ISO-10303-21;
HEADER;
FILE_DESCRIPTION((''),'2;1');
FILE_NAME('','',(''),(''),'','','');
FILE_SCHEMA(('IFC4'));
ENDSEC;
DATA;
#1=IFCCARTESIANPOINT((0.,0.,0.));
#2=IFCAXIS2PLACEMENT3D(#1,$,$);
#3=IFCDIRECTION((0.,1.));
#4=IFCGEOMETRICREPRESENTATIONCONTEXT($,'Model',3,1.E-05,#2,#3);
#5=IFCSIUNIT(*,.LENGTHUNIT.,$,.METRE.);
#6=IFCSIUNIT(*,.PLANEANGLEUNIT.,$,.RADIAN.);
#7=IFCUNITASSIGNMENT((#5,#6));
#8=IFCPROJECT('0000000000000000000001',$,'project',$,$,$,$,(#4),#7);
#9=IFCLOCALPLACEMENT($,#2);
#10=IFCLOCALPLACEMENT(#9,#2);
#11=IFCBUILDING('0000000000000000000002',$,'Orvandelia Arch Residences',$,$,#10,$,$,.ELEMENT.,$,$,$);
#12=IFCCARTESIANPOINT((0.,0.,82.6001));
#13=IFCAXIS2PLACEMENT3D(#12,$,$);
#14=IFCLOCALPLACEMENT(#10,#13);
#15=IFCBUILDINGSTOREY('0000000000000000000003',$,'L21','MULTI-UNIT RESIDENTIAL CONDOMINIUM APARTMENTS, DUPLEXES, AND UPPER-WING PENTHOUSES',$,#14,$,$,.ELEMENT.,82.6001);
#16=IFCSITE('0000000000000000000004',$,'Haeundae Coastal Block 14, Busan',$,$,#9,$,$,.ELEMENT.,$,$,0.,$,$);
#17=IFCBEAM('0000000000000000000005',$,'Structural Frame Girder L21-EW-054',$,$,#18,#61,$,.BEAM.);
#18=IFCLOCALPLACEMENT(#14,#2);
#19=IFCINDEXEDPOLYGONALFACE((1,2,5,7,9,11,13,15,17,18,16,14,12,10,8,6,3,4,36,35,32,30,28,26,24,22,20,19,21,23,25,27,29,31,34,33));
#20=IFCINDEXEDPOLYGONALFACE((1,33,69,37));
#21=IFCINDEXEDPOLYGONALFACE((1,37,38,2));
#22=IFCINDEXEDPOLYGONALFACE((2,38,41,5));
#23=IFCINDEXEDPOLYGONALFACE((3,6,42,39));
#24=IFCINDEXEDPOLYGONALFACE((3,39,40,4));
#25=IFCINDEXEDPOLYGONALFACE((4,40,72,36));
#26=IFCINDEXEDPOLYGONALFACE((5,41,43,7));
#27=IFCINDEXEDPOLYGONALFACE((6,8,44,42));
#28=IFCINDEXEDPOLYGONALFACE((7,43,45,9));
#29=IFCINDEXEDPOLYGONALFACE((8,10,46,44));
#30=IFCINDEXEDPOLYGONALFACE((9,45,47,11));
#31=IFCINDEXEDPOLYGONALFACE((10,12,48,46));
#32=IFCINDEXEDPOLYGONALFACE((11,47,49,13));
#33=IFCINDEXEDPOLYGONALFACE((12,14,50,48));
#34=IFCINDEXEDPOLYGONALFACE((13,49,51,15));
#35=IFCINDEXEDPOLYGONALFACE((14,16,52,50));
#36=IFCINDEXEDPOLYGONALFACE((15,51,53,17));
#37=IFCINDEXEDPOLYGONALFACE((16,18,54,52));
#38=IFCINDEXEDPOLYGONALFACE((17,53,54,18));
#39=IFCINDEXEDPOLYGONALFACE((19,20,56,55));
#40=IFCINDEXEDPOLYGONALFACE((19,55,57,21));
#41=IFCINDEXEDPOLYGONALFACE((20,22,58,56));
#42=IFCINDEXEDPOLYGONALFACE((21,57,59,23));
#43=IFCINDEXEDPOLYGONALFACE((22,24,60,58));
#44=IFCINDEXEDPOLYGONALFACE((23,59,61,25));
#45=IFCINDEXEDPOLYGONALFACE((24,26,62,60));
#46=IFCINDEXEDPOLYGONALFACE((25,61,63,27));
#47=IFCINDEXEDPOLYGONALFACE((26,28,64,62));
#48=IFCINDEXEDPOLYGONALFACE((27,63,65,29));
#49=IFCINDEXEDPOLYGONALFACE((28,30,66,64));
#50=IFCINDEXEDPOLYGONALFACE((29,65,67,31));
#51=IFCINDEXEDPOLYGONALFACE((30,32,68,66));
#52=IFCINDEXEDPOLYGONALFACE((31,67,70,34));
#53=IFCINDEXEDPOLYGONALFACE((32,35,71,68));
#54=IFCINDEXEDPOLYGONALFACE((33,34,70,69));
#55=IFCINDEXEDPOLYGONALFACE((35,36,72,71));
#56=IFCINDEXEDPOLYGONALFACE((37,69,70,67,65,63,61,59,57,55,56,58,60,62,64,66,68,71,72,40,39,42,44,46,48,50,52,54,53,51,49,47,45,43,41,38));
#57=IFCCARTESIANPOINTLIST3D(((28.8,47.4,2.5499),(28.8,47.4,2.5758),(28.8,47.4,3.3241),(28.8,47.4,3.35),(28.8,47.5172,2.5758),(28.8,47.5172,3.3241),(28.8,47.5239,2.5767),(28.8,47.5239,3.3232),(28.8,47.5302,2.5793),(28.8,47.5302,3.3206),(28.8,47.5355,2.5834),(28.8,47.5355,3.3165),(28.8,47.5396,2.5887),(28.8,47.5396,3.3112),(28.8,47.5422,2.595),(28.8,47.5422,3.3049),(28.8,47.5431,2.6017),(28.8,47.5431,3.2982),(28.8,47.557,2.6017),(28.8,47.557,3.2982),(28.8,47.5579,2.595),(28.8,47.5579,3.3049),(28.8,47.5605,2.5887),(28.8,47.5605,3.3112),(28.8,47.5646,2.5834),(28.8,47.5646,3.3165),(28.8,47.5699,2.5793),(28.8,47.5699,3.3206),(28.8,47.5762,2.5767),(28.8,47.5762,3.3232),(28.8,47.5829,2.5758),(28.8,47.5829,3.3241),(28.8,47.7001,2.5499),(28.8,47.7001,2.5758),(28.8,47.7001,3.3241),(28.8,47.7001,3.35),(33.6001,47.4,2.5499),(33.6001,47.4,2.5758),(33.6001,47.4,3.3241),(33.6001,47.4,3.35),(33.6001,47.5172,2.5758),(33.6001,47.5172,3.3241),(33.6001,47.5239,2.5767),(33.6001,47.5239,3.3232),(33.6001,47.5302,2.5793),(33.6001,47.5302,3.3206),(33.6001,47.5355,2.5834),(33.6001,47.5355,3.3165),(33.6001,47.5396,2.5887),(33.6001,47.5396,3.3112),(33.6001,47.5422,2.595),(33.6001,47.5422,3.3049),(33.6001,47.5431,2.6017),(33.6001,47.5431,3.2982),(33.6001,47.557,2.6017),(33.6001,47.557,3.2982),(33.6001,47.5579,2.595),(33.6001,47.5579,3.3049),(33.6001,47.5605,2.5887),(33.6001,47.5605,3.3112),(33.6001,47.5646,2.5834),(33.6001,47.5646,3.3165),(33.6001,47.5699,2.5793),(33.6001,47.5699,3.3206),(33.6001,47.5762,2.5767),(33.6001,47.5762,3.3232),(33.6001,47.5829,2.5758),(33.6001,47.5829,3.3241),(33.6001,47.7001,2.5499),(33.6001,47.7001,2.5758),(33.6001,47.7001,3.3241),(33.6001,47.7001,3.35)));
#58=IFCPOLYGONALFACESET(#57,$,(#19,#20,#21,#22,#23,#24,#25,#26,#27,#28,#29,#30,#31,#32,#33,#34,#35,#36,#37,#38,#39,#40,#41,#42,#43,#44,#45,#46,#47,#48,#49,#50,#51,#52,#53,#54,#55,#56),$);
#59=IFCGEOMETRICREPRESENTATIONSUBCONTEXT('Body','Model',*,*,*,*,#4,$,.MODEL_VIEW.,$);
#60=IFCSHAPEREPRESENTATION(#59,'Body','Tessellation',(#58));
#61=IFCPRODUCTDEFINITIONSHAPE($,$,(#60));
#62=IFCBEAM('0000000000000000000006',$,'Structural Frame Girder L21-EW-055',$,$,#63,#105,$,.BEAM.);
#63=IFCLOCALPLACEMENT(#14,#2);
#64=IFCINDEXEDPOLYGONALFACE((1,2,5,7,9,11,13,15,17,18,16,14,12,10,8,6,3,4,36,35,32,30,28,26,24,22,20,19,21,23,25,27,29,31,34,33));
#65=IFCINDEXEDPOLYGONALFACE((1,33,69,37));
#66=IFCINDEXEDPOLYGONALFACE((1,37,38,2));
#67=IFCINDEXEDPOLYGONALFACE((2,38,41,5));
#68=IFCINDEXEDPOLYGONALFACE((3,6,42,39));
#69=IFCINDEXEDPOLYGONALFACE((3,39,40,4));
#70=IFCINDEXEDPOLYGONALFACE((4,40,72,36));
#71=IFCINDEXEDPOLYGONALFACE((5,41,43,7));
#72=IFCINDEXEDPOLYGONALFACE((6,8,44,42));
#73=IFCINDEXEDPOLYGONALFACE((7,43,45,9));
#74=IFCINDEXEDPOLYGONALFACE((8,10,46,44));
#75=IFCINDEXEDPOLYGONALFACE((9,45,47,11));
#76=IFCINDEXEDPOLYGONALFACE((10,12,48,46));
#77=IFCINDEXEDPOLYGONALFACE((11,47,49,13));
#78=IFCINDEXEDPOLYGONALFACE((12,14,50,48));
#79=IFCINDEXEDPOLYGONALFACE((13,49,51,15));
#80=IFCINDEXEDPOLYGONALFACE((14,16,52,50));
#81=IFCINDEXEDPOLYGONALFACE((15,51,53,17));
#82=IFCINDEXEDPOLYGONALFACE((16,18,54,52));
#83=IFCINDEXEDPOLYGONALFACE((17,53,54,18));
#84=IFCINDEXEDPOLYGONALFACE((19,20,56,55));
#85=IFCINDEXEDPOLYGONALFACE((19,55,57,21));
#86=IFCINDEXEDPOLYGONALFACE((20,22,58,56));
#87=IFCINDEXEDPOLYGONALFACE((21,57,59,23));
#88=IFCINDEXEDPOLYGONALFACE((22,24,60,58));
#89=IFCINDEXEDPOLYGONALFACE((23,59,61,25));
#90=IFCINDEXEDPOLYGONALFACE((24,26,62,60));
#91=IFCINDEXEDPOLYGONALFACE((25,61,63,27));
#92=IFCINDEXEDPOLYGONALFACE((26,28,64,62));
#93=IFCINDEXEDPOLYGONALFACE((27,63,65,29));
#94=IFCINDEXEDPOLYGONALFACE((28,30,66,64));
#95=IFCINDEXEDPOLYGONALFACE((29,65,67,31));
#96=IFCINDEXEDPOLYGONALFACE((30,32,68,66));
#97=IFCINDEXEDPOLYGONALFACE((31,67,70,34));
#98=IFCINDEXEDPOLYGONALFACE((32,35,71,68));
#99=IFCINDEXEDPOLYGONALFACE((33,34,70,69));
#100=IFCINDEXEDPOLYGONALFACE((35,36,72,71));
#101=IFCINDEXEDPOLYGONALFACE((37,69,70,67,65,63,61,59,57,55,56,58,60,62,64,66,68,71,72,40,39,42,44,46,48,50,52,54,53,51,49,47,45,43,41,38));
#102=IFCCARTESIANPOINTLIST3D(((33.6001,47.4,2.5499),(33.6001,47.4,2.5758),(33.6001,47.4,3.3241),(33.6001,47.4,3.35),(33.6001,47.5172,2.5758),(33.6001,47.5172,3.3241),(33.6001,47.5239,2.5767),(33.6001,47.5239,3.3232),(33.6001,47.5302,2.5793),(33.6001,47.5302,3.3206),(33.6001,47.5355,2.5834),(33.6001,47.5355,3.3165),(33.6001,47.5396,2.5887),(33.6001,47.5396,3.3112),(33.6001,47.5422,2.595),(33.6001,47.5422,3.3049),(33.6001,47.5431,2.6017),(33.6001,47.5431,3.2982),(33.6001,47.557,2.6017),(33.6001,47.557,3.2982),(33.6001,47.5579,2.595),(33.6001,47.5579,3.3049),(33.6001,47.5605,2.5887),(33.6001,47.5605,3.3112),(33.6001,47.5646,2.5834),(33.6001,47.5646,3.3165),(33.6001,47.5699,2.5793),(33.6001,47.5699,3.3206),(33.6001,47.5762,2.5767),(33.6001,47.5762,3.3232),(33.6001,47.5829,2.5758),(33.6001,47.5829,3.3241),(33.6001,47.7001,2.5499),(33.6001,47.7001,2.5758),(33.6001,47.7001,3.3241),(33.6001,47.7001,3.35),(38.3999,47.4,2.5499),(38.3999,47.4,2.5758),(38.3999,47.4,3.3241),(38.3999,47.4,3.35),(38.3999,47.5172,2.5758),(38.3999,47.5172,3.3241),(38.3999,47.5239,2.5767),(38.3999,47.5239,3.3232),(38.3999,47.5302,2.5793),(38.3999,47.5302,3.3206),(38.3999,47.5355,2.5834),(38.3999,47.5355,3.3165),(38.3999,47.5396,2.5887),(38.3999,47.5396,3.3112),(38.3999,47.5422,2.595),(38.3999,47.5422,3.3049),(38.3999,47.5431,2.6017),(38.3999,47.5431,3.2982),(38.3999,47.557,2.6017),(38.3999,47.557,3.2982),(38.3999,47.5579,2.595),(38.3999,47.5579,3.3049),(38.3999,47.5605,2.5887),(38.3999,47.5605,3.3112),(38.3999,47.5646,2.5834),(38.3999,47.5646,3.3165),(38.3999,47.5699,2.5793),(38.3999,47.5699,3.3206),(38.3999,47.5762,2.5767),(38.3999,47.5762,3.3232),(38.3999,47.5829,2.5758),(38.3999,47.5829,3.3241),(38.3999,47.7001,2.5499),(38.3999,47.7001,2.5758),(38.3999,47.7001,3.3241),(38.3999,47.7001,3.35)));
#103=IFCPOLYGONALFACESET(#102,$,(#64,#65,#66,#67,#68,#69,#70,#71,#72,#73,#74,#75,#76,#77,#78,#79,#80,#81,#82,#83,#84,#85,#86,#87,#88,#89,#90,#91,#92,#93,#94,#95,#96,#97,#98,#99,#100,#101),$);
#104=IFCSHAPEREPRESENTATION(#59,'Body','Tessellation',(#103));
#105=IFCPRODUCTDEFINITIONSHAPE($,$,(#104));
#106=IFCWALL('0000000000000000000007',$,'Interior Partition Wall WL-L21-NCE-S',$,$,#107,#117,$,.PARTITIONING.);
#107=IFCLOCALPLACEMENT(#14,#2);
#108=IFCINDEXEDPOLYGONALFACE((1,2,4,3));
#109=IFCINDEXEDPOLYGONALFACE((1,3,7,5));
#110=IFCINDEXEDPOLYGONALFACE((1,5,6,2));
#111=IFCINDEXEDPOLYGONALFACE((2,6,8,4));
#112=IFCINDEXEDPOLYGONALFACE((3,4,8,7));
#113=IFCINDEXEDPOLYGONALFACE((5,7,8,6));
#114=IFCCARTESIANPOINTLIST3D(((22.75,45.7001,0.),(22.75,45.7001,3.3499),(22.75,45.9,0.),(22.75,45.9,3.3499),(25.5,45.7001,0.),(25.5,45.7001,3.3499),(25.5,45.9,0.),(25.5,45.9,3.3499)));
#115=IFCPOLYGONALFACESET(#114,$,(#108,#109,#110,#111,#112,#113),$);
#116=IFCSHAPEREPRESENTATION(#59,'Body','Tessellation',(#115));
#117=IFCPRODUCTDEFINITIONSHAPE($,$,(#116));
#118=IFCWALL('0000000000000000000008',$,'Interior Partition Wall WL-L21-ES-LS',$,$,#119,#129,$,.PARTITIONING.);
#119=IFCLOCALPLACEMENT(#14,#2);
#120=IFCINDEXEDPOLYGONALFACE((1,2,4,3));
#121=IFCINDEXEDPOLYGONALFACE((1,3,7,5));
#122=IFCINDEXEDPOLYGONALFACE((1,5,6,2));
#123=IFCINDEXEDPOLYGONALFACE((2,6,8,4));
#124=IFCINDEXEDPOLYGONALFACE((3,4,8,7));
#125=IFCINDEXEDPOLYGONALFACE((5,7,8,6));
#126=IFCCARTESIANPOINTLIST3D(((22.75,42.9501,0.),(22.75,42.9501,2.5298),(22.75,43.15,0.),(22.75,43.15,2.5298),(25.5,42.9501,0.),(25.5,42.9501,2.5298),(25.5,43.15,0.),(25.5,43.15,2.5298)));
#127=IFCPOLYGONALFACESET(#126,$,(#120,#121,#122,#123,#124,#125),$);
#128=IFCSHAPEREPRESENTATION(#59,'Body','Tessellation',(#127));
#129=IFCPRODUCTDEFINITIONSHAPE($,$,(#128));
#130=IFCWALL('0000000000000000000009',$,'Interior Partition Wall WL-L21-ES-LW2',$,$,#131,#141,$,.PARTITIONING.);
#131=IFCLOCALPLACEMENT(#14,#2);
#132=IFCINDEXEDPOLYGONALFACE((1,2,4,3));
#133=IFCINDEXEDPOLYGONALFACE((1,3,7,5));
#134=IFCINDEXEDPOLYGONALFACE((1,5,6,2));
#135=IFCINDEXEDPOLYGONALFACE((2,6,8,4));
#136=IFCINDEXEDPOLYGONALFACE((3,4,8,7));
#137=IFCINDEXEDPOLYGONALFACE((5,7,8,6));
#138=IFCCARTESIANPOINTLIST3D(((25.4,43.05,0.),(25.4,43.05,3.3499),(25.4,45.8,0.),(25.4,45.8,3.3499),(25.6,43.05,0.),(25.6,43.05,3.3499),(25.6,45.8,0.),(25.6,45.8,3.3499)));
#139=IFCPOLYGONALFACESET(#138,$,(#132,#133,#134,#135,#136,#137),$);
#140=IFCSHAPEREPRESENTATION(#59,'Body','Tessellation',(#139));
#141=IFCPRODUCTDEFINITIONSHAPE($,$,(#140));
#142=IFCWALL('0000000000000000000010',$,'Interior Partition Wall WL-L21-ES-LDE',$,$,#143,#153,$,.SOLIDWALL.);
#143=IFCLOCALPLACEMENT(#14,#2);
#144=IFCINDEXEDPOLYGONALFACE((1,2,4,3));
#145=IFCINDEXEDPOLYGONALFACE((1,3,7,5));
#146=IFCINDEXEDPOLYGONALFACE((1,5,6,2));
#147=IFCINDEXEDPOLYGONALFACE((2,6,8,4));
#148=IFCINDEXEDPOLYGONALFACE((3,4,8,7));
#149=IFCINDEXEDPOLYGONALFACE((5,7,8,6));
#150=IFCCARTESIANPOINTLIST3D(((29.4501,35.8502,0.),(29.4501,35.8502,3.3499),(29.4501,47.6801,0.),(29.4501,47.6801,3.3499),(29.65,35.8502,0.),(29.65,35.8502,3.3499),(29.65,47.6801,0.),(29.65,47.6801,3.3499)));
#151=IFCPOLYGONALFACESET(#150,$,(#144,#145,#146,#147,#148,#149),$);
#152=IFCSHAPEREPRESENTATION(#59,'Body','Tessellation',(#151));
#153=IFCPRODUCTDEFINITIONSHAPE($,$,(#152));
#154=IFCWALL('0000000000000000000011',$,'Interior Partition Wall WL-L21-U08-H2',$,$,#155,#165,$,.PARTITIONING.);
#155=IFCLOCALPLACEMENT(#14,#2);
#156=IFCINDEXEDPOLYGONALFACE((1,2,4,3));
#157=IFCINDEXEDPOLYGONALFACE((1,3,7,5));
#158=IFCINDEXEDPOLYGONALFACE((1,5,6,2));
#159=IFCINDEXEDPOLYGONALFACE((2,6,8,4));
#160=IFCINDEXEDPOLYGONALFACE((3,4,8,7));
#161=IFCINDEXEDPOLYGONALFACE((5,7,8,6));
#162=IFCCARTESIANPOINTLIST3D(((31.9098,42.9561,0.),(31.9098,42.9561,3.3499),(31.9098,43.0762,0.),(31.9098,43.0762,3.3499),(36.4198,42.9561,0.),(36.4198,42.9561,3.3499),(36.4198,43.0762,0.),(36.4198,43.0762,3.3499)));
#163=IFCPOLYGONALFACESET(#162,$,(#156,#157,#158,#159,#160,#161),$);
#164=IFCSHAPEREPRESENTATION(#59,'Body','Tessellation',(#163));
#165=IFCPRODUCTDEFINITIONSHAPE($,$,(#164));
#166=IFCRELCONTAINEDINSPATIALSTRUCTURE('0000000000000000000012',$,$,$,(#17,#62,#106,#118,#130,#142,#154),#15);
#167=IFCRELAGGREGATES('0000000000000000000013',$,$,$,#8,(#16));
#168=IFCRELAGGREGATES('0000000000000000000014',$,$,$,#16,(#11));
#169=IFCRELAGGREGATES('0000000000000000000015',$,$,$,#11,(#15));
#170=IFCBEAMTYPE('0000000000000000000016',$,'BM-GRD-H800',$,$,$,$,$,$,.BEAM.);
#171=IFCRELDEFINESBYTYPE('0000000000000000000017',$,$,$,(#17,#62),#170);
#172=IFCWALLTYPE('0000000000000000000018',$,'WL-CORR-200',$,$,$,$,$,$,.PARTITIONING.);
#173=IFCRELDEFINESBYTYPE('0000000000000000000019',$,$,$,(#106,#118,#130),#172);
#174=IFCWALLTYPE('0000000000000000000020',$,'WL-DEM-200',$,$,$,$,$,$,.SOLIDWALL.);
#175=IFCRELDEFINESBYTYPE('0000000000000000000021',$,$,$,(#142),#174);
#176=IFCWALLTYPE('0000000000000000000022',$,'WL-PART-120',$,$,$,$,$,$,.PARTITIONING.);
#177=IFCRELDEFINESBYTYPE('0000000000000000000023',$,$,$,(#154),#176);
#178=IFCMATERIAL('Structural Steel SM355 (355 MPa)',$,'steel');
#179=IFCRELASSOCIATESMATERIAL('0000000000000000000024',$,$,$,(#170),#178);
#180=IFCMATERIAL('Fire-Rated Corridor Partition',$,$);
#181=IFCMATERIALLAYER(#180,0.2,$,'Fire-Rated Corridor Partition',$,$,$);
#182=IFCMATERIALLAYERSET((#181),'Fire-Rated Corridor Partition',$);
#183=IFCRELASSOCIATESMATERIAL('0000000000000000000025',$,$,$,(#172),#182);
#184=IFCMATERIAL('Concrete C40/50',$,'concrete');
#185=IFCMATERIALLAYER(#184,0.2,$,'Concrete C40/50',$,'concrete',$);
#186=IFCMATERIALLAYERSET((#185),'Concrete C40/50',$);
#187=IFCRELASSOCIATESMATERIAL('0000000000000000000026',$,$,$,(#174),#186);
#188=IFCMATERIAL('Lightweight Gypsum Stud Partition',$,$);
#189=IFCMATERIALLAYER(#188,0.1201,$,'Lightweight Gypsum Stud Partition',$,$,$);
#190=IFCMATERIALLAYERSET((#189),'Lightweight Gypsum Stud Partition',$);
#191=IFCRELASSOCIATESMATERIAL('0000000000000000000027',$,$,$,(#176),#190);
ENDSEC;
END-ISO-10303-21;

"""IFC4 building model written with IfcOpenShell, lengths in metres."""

from ifc_helpers import new_model, si_unit, direction, frame, frame_2d, origin, origin_2d, place, context, subcontext, project, spatial, rectangle, i_section, extrude, material, layer, layer_set, material_profile, profile_set, type_object, element, save


model = new_model("IFC4")

# Units and contexts
model_context = context("Model", 3, precision=1e-05, world=origin(), true_north=direction((0.0, 1.0)))
body_context = subcontext(model_context, "Body", "Model", "MODEL_VIEW")
ifc_project = project(units=[si_unit("LENGTHUNIT", "METRE"), si_unit("PLANEANGLEUNIT", "RADIAN")], contexts=[model_context])

# Site, building, storey
site_placement = place(None, origin())
site = spatial("IfcSite", under=ifc_project, at=site_placement, Name="Haeundae Coastal Block 14, Busan", CompositionType="ELEMENT", RefElevation=0.0)
building_placement = place(site_placement, origin())
building = spatial("IfcBuilding", under=site, at=building_placement, Name="Orvandelia Arch Residences", CompositionType="ELEMENT")
storey_placement = place(building_placement, frame((0.0, 0.0, 82.6001)))
storey = spatial("IfcBuildingStorey", under=building, at=storey_placement, Name="L21", Description="MULTI-UNIT RESIDENTIAL CONDOMINIUM APARTMENTS, DUPLEXES, AND UPPER-WING PENTHOUSES", CompositionType="ELEMENT", Elevation=82.6001)

# Beams
ifc_material_1 = material(Name="Structural Steel SM355 (355 MPa)", Category="steel")
ifc_material_profile_1 = material_profile(ifc_material_1, i_section(OverallWidth=0.3, OverallDepth=0.8, WebThickness=0.0139, FlangeThickness=0.0259, FilletRadius=0.0259, at=origin_2d()), Name="Structural Steel SM355 (355 MPa)", Category="steel")
ifc_profile_set_1 = profile_set([ifc_material_profile_1], Name="Structural Steel SM355 (355 MPa)")
beam_type = type_object("IfcBeamType", Name="BM-GRD-H800", PredefinedType="BEAM", material=ifc_profile_set_1)
beam_1_placement = place(storey_placement, frame((28.8, 47.55, 2.95), z_axis=(1.0, 0.0, 0.0), x_axis=(0.0, 1.0, 0.0)))
element("IfcBeam", 1, at=beam_1_placement, inside=storey, type_object=beam_type, Name="Structural Frame Girder L21-EW-054", PredefinedType="BEAM", context=body_context, shape_type="SweptSolid", body=[
    extrude(i_section(OverallWidth=0.3, OverallDepth=0.8, WebThickness=0.0139, FlangeThickness=0.0259, FilletRadius=0.0259, at=origin_2d()), origin(), (0.0, 0.0, 1.0), 4.8),
])
beam_2_placement = place(storey_placement, frame((33.6001, 47.55, 2.95), z_axis=(1.0, 0.0, 0.0), x_axis=(0.0, 1.0, 0.0)))
element("IfcBeam", 2, at=beam_2_placement, inside=storey, type_object=beam_type, Name="Structural Frame Girder L21-EW-055", PredefinedType="BEAM", context=body_context, shape_type="SweptSolid", body=[
    extrude(i_section(OverallWidth=0.3, OverallDepth=0.8, WebThickness=0.0139, FlangeThickness=0.0259, FilletRadius=0.0259, at=origin_2d()), origin(), (0.0, 0.0, 1.0), 4.7998),
])

# Walls
ifc_material_2 = material(Name="Fire-Rated Corridor Partition")
ifc_layer_1 = layer(ifc_material_2, 0.2, Name="Fire-Rated Corridor Partition")
ifc_layer_set_1 = layer_set([ifc_layer_1], Name="Fire-Rated Corridor Partition")
wall_type_1 = type_object("IfcWallType", Name="WL-CORR-200", PredefinedType="PARTITIONING", material=ifc_layer_set_1)
wall_1_placement = place(storey_placement, frame((22.75, 45.8, 0.0), z_axis=(0.0, 0.0, 1.0), x_axis=(1.0, 0.0, 0.0)))
element("IfcWall", 3, at=wall_1_placement, inside=storey, type_object=wall_type_1, Name="Interior Partition Wall WL-L21-NCE-S", PredefinedType="PARTITIONING", context=body_context, shape_type="SweptSolid", body=[
    extrude(rectangle(XDim=2.75, YDim=0.2, at=frame_2d((1.375, 0.0))), origin(), (0.0, 0.0, 1.0), 3.3499),
])
wall_2_placement = place(storey_placement, frame((22.75, 43.05, 0.0), z_axis=(0.0, 0.0, 1.0), x_axis=(1.0, 0.0, 0.0)))
element("IfcWall", 4, at=wall_2_placement, inside=storey, type_object=wall_type_1, Name="Interior Partition Wall WL-L21-ES-LS", PredefinedType="PARTITIONING", context=body_context, shape_type="SweptSolid", body=[
    extrude(rectangle(XDim=2.75, YDim=0.2, at=frame_2d((1.375, 0.0))), origin(), (0.0, 0.0, 1.0), 2.5298),
])
wall_3_placement = place(storey_placement, frame((25.5, 43.05, 0.0), z_axis=(0.0, 0.0, 1.0), x_axis=(0.0, 1.0, 0.0)))
element("IfcWall", 5, at=wall_3_placement, inside=storey, type_object=wall_type_1, Name="Interior Partition Wall WL-L21-ES-LW2", PredefinedType="PARTITIONING", context=body_context, shape_type="SweptSolid", body=[
    extrude(rectangle(XDim=2.75, YDim=0.2, at=frame_2d((1.375, 0.0))), origin(), (0.0, 0.0, 1.0), 3.3499),
])
ifc_material_3 = material(Name="Concrete C40/50", Category="concrete")
ifc_layer_2 = layer(ifc_material_3, 0.2, Name="Concrete C40/50", Category="concrete")
ifc_layer_set_2 = layer_set([ifc_layer_2], Name="Concrete C40/50")
wall_type_2 = type_object("IfcWallType", Name="WL-DEM-200", PredefinedType="SOLIDWALL", material=ifc_layer_set_2)
wall_4_placement = place(storey_placement, frame((29.55, 35.8501, 0.0), z_axis=(0.0, 0.0, 1.0), x_axis=(0.0, 1.0, 0.0)))
element("IfcWall", 6, at=wall_4_placement, inside=storey, type_object=wall_type_2, Name="Interior Partition Wall WL-L21-ES-LDE", PredefinedType="SOLIDWALL", context=body_context, shape_type="SweptSolid", body=[
    extrude(rectangle(XDim=11.8298, YDim=0.2, at=frame_2d((5.915, 0.0))), origin(), (0.0, 0.0, 1.0), 3.3499),
])
ifc_material_4 = material(Name="Lightweight Gypsum Stud Partition")
ifc_layer_3 = layer(ifc_material_4, 0.1201, Name="Lightweight Gypsum Stud Partition")
ifc_layer_set_3 = layer_set([ifc_layer_3], Name="Lightweight Gypsum Stud Partition")
wall_type_3 = type_object("IfcWallType", Name="WL-PART-120", PredefinedType="PARTITIONING", material=ifc_layer_set_3)
wall_5_placement = place(storey_placement, frame((31.9099, 43.0161, 0.0), z_axis=(0.0, 0.0, 1.0), x_axis=(1.0, 0.0, 0.0)))
element("IfcWall", 7, at=wall_5_placement, inside=storey, type_object=wall_type_3, Name="Interior Partition Wall WL-L21-U08-H2", PredefinedType="PARTITIONING", context=body_context, shape_type="SweptSolid", body=[
    extrude(rectangle(XDim=4.51, YDim=0.1201, at=frame_2d((2.2549, 0.0))), origin(), (0.0, 0.0, 1.0), 3.3499),
])

save(model, "model.ifc")
